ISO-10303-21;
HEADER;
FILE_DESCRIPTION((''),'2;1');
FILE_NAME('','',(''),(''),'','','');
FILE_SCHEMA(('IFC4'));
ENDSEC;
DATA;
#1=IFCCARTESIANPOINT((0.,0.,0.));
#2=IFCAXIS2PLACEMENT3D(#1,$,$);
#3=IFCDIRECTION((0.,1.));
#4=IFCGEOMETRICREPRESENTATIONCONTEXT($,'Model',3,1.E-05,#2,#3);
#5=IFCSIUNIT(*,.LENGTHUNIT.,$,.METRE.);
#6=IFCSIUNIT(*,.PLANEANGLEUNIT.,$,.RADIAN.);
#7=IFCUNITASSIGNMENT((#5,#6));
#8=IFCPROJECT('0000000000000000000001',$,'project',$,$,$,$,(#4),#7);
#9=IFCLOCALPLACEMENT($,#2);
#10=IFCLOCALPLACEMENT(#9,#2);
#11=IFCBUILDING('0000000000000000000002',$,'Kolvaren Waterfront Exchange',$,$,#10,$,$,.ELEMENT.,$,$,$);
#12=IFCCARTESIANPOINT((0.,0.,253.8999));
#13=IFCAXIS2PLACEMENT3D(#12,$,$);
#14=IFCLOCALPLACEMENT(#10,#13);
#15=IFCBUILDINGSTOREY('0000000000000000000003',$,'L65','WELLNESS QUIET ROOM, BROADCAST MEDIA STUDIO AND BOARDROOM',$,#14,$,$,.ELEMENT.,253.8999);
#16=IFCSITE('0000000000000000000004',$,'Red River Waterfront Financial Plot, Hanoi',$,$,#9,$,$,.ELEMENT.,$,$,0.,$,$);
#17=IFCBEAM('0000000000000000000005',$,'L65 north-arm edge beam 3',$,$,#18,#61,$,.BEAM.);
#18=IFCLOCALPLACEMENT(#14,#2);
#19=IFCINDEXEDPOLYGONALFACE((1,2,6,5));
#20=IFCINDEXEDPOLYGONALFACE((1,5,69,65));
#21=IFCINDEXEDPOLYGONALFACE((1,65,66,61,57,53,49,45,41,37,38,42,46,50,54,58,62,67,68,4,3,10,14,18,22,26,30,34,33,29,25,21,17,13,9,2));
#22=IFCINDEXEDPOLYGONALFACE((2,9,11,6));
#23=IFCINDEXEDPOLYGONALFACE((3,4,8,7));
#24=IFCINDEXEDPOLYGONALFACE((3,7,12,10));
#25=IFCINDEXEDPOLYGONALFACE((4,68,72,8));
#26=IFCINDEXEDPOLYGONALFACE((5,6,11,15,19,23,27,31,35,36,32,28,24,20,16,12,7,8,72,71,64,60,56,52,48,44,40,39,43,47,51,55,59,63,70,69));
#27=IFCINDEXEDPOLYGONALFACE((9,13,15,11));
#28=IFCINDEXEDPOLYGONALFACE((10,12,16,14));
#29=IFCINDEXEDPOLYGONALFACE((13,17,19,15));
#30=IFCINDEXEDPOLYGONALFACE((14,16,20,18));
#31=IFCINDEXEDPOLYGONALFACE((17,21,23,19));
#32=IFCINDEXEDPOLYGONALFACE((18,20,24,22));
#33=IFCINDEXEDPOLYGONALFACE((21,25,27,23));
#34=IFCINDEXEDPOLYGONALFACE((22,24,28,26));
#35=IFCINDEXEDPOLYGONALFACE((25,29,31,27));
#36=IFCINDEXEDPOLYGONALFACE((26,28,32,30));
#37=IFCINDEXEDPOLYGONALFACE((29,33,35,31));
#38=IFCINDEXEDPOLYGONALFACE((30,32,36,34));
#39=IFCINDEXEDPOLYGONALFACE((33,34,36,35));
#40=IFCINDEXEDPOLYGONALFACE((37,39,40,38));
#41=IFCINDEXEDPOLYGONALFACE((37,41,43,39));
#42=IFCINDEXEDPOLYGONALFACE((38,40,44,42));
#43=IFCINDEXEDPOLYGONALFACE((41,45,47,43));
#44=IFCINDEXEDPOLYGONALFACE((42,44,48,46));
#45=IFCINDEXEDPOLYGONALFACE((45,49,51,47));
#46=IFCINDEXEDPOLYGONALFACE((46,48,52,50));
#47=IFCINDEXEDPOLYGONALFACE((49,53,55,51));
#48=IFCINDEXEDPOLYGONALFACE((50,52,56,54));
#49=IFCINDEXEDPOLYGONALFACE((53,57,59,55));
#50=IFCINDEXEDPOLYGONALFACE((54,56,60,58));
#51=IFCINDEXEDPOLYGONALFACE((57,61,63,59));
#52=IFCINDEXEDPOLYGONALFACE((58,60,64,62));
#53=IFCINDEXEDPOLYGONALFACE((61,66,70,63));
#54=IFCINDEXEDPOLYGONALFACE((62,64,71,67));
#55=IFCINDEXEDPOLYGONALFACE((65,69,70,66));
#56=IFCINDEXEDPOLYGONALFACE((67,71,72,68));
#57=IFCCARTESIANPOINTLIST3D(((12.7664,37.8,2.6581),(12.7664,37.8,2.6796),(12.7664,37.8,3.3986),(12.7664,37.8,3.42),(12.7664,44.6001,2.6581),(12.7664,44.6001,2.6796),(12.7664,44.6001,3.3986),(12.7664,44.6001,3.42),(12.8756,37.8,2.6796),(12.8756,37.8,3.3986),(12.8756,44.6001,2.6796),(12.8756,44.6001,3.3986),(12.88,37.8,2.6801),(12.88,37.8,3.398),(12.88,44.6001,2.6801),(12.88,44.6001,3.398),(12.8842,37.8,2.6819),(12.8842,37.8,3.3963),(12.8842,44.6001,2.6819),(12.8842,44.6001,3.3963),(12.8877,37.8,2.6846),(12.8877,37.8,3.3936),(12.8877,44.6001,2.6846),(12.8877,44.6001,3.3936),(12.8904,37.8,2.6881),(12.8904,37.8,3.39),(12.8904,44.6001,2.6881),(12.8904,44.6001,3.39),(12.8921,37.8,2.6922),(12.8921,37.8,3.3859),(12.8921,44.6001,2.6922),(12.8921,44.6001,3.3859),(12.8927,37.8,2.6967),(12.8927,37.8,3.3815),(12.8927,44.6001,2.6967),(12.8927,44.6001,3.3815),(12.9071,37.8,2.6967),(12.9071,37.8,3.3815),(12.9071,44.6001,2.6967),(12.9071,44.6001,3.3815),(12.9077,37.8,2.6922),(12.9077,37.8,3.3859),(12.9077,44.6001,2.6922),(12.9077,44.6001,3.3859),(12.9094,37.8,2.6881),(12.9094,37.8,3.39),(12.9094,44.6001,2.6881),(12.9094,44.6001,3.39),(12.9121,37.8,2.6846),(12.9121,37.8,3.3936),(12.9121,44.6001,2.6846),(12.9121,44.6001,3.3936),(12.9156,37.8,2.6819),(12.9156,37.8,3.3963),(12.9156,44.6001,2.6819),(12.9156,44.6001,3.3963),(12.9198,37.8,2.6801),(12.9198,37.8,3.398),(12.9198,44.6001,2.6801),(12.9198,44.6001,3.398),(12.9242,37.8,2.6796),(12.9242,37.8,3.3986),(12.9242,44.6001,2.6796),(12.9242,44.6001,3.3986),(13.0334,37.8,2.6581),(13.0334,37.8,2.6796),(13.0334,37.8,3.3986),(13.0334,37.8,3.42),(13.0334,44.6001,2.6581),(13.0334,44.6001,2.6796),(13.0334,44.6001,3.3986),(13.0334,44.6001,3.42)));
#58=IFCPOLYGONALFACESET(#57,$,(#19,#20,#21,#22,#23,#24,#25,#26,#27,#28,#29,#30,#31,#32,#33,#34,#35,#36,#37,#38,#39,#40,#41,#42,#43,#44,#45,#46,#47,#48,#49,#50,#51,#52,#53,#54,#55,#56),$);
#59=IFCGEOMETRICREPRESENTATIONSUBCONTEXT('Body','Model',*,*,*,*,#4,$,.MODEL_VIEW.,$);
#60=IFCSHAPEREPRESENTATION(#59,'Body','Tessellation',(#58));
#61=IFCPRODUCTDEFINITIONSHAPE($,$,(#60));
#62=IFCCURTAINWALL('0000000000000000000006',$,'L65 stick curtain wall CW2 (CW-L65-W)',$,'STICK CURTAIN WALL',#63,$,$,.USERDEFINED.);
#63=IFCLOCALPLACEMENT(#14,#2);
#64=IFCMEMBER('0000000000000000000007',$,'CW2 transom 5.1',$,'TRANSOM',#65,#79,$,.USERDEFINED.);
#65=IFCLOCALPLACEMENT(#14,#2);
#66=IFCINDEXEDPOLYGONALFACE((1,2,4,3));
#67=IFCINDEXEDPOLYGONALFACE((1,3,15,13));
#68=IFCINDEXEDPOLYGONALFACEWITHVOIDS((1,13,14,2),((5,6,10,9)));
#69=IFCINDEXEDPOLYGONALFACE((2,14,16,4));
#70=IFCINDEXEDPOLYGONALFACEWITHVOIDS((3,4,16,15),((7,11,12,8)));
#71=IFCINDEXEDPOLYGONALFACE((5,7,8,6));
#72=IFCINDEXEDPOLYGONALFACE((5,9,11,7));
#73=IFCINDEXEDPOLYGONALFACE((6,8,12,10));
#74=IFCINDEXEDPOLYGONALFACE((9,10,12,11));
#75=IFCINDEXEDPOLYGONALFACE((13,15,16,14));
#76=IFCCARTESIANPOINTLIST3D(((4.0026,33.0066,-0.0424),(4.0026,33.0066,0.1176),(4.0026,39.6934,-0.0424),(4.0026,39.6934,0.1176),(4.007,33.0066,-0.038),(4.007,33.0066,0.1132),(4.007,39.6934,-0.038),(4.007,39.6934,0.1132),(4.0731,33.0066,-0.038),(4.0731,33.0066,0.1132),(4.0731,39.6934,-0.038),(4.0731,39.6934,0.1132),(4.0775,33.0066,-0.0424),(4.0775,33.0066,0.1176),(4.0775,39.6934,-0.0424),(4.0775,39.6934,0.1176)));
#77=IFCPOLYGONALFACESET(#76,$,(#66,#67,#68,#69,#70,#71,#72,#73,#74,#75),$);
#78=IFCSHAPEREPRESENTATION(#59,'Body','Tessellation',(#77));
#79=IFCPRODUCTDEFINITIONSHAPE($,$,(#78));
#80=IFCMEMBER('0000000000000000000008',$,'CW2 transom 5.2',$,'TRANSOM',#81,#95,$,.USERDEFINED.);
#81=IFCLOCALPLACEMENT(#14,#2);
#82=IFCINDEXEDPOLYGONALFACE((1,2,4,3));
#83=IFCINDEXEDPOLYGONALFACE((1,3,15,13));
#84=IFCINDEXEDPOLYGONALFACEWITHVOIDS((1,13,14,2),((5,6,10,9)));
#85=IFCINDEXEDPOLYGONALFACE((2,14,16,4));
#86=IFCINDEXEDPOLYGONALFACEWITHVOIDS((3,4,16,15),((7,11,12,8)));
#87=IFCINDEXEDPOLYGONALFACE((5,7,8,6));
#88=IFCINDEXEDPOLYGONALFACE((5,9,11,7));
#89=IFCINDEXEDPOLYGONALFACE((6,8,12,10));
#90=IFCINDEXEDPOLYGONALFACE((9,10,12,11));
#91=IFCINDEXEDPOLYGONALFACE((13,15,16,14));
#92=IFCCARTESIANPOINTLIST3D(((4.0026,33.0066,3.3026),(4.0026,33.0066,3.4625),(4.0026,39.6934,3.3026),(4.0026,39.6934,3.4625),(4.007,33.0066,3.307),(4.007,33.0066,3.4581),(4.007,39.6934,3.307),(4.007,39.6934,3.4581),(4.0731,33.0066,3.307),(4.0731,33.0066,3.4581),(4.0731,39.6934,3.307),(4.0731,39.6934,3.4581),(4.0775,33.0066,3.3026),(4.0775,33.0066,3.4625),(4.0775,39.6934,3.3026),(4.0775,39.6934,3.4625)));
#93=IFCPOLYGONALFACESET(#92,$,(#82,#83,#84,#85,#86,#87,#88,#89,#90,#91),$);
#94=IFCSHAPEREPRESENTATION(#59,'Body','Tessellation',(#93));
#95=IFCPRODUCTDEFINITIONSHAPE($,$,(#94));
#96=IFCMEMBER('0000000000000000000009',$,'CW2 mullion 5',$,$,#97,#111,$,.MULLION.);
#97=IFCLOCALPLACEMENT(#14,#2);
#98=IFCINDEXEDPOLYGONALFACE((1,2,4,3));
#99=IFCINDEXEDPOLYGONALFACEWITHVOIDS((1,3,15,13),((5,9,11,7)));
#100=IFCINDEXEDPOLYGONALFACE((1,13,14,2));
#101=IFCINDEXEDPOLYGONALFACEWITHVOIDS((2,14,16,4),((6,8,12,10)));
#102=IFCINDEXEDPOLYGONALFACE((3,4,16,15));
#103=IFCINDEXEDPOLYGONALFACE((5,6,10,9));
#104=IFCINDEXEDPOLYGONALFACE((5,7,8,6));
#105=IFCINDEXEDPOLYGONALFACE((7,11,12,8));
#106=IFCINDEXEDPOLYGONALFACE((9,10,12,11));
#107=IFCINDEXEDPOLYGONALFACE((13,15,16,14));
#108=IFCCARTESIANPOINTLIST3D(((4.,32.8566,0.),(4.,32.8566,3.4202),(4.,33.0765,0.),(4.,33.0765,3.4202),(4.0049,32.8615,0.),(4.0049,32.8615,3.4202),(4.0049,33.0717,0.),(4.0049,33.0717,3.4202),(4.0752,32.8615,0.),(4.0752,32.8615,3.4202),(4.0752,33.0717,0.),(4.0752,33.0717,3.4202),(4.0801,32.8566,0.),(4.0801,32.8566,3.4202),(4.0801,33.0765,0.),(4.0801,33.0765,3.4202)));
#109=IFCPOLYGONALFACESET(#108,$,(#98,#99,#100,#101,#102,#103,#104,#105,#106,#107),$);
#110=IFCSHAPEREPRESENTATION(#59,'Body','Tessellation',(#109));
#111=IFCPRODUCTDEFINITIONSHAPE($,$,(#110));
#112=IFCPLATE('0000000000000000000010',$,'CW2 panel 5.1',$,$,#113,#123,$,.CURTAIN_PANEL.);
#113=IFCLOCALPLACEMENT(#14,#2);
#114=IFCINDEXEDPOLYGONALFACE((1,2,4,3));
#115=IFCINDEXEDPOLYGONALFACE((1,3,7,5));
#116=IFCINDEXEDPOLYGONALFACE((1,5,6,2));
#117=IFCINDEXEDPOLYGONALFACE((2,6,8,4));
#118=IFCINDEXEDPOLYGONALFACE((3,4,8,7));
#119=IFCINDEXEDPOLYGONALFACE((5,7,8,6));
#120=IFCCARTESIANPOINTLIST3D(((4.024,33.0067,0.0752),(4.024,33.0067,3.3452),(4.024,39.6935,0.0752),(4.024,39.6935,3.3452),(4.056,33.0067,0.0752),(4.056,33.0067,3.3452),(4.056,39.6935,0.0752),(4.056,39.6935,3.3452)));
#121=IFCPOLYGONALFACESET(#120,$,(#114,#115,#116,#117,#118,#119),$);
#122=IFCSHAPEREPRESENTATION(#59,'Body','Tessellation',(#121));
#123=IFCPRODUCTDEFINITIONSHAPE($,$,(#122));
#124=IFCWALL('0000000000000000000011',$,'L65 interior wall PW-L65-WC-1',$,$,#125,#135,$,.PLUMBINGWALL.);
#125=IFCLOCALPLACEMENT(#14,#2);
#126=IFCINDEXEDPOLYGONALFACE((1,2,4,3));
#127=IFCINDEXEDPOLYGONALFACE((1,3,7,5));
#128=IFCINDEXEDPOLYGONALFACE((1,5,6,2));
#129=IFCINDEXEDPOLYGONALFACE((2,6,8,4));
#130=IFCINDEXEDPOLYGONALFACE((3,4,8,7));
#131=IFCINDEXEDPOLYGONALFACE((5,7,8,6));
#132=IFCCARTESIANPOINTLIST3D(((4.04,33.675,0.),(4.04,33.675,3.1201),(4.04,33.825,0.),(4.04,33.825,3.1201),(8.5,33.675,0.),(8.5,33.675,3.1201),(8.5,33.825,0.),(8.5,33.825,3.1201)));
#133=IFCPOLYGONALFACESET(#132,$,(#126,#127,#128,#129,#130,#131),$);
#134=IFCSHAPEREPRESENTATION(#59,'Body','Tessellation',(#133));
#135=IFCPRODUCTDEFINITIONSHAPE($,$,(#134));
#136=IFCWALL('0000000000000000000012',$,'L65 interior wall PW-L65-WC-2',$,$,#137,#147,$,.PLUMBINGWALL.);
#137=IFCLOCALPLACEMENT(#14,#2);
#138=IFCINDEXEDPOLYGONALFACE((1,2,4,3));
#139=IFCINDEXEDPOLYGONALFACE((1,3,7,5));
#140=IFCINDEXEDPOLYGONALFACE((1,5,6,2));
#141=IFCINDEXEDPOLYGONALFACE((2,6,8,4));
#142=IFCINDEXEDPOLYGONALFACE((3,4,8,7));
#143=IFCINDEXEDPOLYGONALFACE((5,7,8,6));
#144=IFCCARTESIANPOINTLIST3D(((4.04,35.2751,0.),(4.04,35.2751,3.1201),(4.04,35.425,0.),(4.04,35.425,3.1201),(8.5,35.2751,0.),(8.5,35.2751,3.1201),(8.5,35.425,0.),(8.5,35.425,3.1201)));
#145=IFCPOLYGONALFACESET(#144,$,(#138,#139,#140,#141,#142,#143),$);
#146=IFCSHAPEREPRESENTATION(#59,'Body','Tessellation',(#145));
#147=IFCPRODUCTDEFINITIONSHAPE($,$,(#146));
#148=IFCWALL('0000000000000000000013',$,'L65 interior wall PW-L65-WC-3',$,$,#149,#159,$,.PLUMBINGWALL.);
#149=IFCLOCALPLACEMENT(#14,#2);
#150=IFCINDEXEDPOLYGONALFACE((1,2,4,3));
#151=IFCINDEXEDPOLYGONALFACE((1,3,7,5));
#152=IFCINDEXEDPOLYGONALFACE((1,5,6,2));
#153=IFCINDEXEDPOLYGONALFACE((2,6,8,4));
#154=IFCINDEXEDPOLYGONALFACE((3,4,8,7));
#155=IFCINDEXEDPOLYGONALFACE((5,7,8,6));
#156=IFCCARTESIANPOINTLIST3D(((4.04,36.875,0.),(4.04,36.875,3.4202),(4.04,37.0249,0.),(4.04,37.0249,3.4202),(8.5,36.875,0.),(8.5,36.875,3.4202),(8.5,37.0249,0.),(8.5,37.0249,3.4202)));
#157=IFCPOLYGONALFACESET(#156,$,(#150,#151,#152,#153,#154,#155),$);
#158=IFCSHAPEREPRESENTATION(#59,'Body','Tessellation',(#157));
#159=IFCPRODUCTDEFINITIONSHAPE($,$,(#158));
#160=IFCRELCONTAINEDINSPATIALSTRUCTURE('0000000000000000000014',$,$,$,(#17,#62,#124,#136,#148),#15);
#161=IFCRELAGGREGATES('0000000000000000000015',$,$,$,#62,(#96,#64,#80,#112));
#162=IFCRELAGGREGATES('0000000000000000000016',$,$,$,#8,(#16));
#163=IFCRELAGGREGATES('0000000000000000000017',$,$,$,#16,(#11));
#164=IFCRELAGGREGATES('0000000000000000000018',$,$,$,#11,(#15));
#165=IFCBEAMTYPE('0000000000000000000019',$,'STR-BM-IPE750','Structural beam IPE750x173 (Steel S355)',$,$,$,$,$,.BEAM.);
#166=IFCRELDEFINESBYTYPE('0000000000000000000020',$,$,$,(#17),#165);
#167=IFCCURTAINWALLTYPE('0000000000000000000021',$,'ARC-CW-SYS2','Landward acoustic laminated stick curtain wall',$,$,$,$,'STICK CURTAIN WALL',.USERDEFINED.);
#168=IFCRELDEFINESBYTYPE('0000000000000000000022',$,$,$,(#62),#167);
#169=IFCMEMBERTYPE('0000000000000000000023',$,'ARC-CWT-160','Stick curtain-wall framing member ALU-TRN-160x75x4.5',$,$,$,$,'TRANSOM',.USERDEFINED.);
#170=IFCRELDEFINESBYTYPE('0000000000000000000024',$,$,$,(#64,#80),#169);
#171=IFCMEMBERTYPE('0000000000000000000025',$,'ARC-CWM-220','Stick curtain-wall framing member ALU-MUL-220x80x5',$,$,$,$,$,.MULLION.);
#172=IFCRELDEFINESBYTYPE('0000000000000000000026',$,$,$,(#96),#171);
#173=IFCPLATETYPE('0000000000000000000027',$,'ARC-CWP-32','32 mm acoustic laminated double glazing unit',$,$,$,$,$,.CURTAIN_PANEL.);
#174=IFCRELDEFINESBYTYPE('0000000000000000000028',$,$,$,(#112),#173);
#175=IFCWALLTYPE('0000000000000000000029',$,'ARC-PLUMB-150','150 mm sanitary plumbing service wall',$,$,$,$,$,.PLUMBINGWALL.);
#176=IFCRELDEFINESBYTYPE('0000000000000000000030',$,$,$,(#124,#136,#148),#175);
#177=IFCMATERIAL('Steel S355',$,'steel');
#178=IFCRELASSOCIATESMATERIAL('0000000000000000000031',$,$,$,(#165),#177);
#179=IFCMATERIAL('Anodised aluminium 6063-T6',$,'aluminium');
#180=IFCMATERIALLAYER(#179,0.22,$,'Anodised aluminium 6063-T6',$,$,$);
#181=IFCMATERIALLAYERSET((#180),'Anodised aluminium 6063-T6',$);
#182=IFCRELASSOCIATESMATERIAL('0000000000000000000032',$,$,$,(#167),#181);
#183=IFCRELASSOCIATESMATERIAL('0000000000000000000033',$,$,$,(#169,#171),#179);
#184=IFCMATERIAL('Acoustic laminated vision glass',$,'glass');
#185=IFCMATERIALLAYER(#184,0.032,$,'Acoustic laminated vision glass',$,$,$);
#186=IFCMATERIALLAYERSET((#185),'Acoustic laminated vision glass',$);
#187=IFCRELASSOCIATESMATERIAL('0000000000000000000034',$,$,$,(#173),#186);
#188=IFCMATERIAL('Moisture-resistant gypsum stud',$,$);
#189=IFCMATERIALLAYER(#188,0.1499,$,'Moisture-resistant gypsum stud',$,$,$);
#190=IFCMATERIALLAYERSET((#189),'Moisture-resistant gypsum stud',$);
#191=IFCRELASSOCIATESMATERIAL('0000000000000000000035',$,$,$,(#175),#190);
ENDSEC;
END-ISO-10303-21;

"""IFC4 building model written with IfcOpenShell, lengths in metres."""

from ifc_helpers import new_model, si_unit, direction, frame, frame_2d, origin, origin_with_axes, origin_2d, place, context, subcontext, project, spatial, rectangle, hollow_rectangle, i_section, extrude, source, transform, mapped, material, layer, layer_set, material_profile, profile_set, type_object, element, aggregate, save


model = new_model("IFC4")

# Units and contexts
model_context = context("Model", 3, precision=1e-05, world=origin(), true_north=direction((0.0, 1.0)))
body_context = subcontext(model_context, "Body", "Model", "MODEL_VIEW")
ifc_project = project(units=[si_unit("LENGTHUNIT", "METRE"), si_unit("PLANEANGLEUNIT", "RADIAN")], contexts=[model_context])

# Site, building, storey
site_placement = place(None, origin())
site = spatial("IfcSite", under=ifc_project, at=site_placement, Name="Red River Waterfront Financial Plot, Hanoi", CompositionType="ELEMENT", RefElevation=0.0)
building_placement = place(site_placement, origin())
building = spatial("IfcBuilding", under=site, at=building_placement, Name="Kolvaren Waterfront Exchange", CompositionType="ELEMENT")
storey_placement = place(building_placement, frame((0.0, 0.0, 253.8999)))
storey = spatial("IfcBuildingStorey", under=building, at=storey_placement, Name="L65", Description="WELLNESS QUIET ROOM, BROADCAST MEDIA STUDIO AND BOARDROOM", CompositionType="ELEMENT", Elevation=253.8999)

# Beam
ifc_material_1 = material(Name="Steel S355", Category="steel")
ifc_material_profile_1 = material_profile(ifc_material_1, i_section(OverallWidth=0.2671, OverallDepth=0.762, WebThickness=0.0144, FlangeThickness=0.0215, FilletRadius=0.0171, at=origin_2d()), Name="IPE750x173")
ifc_profile_set_1 = profile_set([ifc_material_profile_1], Name="Steel S355")
beam_type_1 = type_object("IfcBeamType", Name="STR-BM-IPE750", Description="Structural beam IPE750x173 (Steel S355)", PredefinedType="BEAM", material=ifc_profile_set_1)
beam_1_placement = place(storey_placement, frame((12.8999, 37.8, 3.0391), z_axis=(0.0, 1.0, 0.0), x_axis=(-1.0, 0.0, 0.0)))
element("IfcBeam", 1, at=beam_1_placement, inside=storey, type_object=beam_type_1, Name="L65 north-arm edge beam 3", PredefinedType="BEAM", context=body_context, shape_type="SweptSolid", body=[
    extrude(i_section(OverallWidth=0.2671, OverallDepth=0.762, WebThickness=0.0144, FlangeThickness=0.0215, FilletRadius=0.0171, at=origin_2d()), origin(), (0.0, 0.0, 1.0), 6.8),
])

# Curtain wall, members, plate
ifc_material_2 = material(Name="Anodised aluminium 6063-T6", Category="aluminium")
ifc_layer_1 = layer(ifc_material_2, 0.22, Name="Anodised aluminium 6063-T6")
ifc_layer_set_1 = layer_set([ifc_layer_1], Name="Anodised aluminium 6063-T6")
curtain_wall_type = type_object("IfcCurtainWallType", Name="ARC-CW-SYS2", Description="Landward acoustic laminated stick curtain wall", ElementType="STICK CURTAIN WALL", PredefinedType="USERDEFINED", material=ifc_layer_set_1)
curtain_wall_placement = place(storey_placement, origin())
curtain_wall = element("IfcCurtainWall", 2, at=curtain_wall_placement, inside=storey, type_object=curtain_wall_type, Name="L65 stick curtain wall CW2 (CW-L65-W)", ObjectType="STICK CURTAIN WALL", PredefinedType="USERDEFINED")
ifc_material_profile_2 = material_profile(ifc_material_2, hollow_rectangle(XDim=0.075, YDim=0.1599, WallThickness=0.0044, at=origin_2d()), Name="ALU-TRN-160x75x4.5")
ifc_profile_set_2 = profile_set([ifc_material_profile_2], Name="Anodised aluminium 6063-T6")
member_type_1 = type_object("IfcMemberType", Name="ARC-CWT-160", Description="Stick curtain-wall framing member ALU-TRN-160x75x4.5", ElementType="TRANSOM", PredefinedType="USERDEFINED", material=ifc_profile_set_2)
shared_shape_1 = source(origin_with_axes(), body_context, "Body", "SweptSolid", [
    extrude(hollow_rectangle(XDim=0.075, YDim=0.1599, WallThickness=0.0044, at=origin_2d()), origin(), (0.0, 0.0, 1.0), 6.6868),
])
member_1_placement = place(storey_placement, frame((4.04, 33.0066, 0.0376), z_axis=(0.0, 1.0, 0.0), x_axis=(-1.0, 0.0, 0.0)))
member_1 = element("IfcMember", 3, at=member_1_placement, type_object=member_type_1, Name="CW2 transom 5.1", ObjectType="TRANSOM", PredefinedType="USERDEFINED", context=body_context, shape_type="MappedRepresentation", body=[
    mapped(shared_shape_1, transform((0.0, 0.0, 0.0), x_axis=(1.0, 0.0, 0.0), y_axis=(0.0, 1.0, 0.0), z_axis=(0.0, 0.0, 1.0), scale=1.0)),
])
member_2_placement = place(storey_placement, frame((4.04, 33.0066, 3.3826), z_axis=(0.0, 1.0, 0.0), x_axis=(-1.0, 0.0, 0.0)))
member_2 = element("IfcMember", 4, at=member_2_placement, type_object=member_type_1, Name="CW2 transom 5.2", ObjectType="TRANSOM", PredefinedType="USERDEFINED", context=body_context, shape_type="MappedRepresentation", body=[
    mapped(shared_shape_1, transform((0.0, 0.0, 0.0), x_axis=(1.0, 0.0, 0.0), y_axis=(0.0, 1.0, 0.0), z_axis=(0.0, 0.0, 1.0), scale=1.0)),
])
ifc_material_profile_3 = material_profile(ifc_material_2, hollow_rectangle(XDim=0.0801, YDim=0.22, WallThickness=0.0049, at=origin_2d()), Name="ALU-MUL-220x80x5")
ifc_profile_set_3 = profile_set([ifc_material_profile_3], Name="Anodised aluminium 6063-T6")
member_type_2 = type_object("IfcMemberType", Name="ARC-CWM-220", Description="Stick curtain-wall framing member ALU-MUL-220x80x5", PredefinedType="MULLION", material=ifc_profile_set_3)
shared_shape_2 = source(origin_with_axes(), body_context, "Body", "SweptSolid", [
    extrude(hollow_rectangle(XDim=0.0801, YDim=0.22, WallThickness=0.0049, at=origin_2d()), origin(), (0.0, 0.0, 1.0), 3.4202),
])
member_3_placement = place(storey_placement, frame((4.04, 32.9666, 0.0), z_axis=(0.0, 0.0, 1.0), x_axis=(-1.0, 0.0, 0.0)))
member_3 = element("IfcMember", 5, at=member_3_placement, type_object=member_type_2, Name="CW2 mullion 5", PredefinedType="MULLION", context=body_context, shape_type="MappedRepresentation", body=[
    mapped(shared_shape_2, transform((0.0, 0.0, 0.0), x_axis=(1.0, 0.0, 0.0), y_axis=(0.0, 1.0, 0.0), z_axis=(0.0, 0.0, 1.0), scale=1.0)),
])
ifc_material_3 = material(Name="Acoustic laminated vision glass", Category="glass")
ifc_layer_2 = layer(ifc_material_3, 0.032, Name="Acoustic laminated vision glass")
ifc_layer_set_2 = layer_set([ifc_layer_2], Name="Acoustic laminated vision glass")
plate_type = type_object("IfcPlateType", Name="ARC-CWP-32", Description="32 mm acoustic laminated double glazing unit", PredefinedType="CURTAIN_PANEL", material=ifc_layer_set_2)
shared_shape_3 = source(origin_with_axes(), body_context, "Body", "SweptSolid", [
    extrude(rectangle(XDim=6.6868, YDim=0.032, at=origin_2d()), origin(), (0.0, 0.0, 1.0), 3.27),
])
plate_placement = place(storey_placement, frame((4.04, 36.3501, 0.0752), z_axis=(0.0, 0.0, 1.0), x_axis=(0.0, 1.0, 0.0)))
plate = element("IfcPlate", 6, at=plate_placement, type_object=plate_type, Name="CW2 panel 5.1", PredefinedType="CURTAIN_PANEL", context=body_context, shape_type="MappedRepresentation", body=[
    mapped(shared_shape_3, transform((0.0, 0.0, 0.0), x_axis=(1.0, 0.0, 0.0), y_axis=(0.0, 1.0, 0.0), z_axis=(0.0, 0.0, 1.0), scale=1.0)),
])
aggregate(curtain_wall, [member_3, member_1, member_2, plate])

# Shared definitions
ifc_material_4 = material(Name="Moisture-resistant gypsum stud")
ifc_layer_3 = layer(ifc_material_4, 0.1499, Name="Moisture-resistant gypsum stud")
ifc_layer_set_3 = layer_set([ifc_layer_3], Name="Moisture-resistant gypsum stud")
wall_type = type_object("IfcWallType", Name="ARC-PLUMB-150", Description="150 mm sanitary plumbing service wall", PredefinedType="PLUMBINGWALL", material=ifc_layer_set_3)

# Walls
for number, where, z_axis, x_axis, name in (
    (7, (4.04, 33.75, 0.0), (0.0, 0.0, 1.0), (1.0, 0.0, 0.0), "L65 interior wall PW-L65-WC-1"),
    (8, (4.04, 35.3501, 0.0), (0.0, 0.0, 1.0), (1.0, 0.0, 0.0), "L65 interior wall PW-L65-WC-2"),
):
    element("IfcWall", number, at=place(storey_placement, frame(where, z_axis=z_axis, x_axis=x_axis)), inside=storey, type_object=wall_type, Name=name, PredefinedType="PLUMBINGWALL", context=body_context, shape_type="SweptSolid", body=[
        extrude(rectangle(XDim=4.46, YDim=0.1499, at=frame_2d((2.23, 0.0))), origin(), (0.0, 0.0, 1.0), 3.1201),
    ])
wall_1_placement = place(storey_placement, frame((4.04, 36.95, 0.0), z_axis=(0.0, 0.0, 1.0), x_axis=(1.0, 0.0, 0.0)))
element("IfcWall", 9, at=wall_1_placement, inside=storey, type_object=wall_type, Name="L65 interior wall PW-L65-WC-3", PredefinedType="PLUMBINGWALL", context=body_context, shape_type="SweptSolid", body=[
    extrude(rectangle(XDim=4.46, YDim=0.1499, at=frame_2d((2.23, 0.0))), origin(), (0.0, 0.0, 1.0), 3.4202),
])

save(model, "model.ifc")
